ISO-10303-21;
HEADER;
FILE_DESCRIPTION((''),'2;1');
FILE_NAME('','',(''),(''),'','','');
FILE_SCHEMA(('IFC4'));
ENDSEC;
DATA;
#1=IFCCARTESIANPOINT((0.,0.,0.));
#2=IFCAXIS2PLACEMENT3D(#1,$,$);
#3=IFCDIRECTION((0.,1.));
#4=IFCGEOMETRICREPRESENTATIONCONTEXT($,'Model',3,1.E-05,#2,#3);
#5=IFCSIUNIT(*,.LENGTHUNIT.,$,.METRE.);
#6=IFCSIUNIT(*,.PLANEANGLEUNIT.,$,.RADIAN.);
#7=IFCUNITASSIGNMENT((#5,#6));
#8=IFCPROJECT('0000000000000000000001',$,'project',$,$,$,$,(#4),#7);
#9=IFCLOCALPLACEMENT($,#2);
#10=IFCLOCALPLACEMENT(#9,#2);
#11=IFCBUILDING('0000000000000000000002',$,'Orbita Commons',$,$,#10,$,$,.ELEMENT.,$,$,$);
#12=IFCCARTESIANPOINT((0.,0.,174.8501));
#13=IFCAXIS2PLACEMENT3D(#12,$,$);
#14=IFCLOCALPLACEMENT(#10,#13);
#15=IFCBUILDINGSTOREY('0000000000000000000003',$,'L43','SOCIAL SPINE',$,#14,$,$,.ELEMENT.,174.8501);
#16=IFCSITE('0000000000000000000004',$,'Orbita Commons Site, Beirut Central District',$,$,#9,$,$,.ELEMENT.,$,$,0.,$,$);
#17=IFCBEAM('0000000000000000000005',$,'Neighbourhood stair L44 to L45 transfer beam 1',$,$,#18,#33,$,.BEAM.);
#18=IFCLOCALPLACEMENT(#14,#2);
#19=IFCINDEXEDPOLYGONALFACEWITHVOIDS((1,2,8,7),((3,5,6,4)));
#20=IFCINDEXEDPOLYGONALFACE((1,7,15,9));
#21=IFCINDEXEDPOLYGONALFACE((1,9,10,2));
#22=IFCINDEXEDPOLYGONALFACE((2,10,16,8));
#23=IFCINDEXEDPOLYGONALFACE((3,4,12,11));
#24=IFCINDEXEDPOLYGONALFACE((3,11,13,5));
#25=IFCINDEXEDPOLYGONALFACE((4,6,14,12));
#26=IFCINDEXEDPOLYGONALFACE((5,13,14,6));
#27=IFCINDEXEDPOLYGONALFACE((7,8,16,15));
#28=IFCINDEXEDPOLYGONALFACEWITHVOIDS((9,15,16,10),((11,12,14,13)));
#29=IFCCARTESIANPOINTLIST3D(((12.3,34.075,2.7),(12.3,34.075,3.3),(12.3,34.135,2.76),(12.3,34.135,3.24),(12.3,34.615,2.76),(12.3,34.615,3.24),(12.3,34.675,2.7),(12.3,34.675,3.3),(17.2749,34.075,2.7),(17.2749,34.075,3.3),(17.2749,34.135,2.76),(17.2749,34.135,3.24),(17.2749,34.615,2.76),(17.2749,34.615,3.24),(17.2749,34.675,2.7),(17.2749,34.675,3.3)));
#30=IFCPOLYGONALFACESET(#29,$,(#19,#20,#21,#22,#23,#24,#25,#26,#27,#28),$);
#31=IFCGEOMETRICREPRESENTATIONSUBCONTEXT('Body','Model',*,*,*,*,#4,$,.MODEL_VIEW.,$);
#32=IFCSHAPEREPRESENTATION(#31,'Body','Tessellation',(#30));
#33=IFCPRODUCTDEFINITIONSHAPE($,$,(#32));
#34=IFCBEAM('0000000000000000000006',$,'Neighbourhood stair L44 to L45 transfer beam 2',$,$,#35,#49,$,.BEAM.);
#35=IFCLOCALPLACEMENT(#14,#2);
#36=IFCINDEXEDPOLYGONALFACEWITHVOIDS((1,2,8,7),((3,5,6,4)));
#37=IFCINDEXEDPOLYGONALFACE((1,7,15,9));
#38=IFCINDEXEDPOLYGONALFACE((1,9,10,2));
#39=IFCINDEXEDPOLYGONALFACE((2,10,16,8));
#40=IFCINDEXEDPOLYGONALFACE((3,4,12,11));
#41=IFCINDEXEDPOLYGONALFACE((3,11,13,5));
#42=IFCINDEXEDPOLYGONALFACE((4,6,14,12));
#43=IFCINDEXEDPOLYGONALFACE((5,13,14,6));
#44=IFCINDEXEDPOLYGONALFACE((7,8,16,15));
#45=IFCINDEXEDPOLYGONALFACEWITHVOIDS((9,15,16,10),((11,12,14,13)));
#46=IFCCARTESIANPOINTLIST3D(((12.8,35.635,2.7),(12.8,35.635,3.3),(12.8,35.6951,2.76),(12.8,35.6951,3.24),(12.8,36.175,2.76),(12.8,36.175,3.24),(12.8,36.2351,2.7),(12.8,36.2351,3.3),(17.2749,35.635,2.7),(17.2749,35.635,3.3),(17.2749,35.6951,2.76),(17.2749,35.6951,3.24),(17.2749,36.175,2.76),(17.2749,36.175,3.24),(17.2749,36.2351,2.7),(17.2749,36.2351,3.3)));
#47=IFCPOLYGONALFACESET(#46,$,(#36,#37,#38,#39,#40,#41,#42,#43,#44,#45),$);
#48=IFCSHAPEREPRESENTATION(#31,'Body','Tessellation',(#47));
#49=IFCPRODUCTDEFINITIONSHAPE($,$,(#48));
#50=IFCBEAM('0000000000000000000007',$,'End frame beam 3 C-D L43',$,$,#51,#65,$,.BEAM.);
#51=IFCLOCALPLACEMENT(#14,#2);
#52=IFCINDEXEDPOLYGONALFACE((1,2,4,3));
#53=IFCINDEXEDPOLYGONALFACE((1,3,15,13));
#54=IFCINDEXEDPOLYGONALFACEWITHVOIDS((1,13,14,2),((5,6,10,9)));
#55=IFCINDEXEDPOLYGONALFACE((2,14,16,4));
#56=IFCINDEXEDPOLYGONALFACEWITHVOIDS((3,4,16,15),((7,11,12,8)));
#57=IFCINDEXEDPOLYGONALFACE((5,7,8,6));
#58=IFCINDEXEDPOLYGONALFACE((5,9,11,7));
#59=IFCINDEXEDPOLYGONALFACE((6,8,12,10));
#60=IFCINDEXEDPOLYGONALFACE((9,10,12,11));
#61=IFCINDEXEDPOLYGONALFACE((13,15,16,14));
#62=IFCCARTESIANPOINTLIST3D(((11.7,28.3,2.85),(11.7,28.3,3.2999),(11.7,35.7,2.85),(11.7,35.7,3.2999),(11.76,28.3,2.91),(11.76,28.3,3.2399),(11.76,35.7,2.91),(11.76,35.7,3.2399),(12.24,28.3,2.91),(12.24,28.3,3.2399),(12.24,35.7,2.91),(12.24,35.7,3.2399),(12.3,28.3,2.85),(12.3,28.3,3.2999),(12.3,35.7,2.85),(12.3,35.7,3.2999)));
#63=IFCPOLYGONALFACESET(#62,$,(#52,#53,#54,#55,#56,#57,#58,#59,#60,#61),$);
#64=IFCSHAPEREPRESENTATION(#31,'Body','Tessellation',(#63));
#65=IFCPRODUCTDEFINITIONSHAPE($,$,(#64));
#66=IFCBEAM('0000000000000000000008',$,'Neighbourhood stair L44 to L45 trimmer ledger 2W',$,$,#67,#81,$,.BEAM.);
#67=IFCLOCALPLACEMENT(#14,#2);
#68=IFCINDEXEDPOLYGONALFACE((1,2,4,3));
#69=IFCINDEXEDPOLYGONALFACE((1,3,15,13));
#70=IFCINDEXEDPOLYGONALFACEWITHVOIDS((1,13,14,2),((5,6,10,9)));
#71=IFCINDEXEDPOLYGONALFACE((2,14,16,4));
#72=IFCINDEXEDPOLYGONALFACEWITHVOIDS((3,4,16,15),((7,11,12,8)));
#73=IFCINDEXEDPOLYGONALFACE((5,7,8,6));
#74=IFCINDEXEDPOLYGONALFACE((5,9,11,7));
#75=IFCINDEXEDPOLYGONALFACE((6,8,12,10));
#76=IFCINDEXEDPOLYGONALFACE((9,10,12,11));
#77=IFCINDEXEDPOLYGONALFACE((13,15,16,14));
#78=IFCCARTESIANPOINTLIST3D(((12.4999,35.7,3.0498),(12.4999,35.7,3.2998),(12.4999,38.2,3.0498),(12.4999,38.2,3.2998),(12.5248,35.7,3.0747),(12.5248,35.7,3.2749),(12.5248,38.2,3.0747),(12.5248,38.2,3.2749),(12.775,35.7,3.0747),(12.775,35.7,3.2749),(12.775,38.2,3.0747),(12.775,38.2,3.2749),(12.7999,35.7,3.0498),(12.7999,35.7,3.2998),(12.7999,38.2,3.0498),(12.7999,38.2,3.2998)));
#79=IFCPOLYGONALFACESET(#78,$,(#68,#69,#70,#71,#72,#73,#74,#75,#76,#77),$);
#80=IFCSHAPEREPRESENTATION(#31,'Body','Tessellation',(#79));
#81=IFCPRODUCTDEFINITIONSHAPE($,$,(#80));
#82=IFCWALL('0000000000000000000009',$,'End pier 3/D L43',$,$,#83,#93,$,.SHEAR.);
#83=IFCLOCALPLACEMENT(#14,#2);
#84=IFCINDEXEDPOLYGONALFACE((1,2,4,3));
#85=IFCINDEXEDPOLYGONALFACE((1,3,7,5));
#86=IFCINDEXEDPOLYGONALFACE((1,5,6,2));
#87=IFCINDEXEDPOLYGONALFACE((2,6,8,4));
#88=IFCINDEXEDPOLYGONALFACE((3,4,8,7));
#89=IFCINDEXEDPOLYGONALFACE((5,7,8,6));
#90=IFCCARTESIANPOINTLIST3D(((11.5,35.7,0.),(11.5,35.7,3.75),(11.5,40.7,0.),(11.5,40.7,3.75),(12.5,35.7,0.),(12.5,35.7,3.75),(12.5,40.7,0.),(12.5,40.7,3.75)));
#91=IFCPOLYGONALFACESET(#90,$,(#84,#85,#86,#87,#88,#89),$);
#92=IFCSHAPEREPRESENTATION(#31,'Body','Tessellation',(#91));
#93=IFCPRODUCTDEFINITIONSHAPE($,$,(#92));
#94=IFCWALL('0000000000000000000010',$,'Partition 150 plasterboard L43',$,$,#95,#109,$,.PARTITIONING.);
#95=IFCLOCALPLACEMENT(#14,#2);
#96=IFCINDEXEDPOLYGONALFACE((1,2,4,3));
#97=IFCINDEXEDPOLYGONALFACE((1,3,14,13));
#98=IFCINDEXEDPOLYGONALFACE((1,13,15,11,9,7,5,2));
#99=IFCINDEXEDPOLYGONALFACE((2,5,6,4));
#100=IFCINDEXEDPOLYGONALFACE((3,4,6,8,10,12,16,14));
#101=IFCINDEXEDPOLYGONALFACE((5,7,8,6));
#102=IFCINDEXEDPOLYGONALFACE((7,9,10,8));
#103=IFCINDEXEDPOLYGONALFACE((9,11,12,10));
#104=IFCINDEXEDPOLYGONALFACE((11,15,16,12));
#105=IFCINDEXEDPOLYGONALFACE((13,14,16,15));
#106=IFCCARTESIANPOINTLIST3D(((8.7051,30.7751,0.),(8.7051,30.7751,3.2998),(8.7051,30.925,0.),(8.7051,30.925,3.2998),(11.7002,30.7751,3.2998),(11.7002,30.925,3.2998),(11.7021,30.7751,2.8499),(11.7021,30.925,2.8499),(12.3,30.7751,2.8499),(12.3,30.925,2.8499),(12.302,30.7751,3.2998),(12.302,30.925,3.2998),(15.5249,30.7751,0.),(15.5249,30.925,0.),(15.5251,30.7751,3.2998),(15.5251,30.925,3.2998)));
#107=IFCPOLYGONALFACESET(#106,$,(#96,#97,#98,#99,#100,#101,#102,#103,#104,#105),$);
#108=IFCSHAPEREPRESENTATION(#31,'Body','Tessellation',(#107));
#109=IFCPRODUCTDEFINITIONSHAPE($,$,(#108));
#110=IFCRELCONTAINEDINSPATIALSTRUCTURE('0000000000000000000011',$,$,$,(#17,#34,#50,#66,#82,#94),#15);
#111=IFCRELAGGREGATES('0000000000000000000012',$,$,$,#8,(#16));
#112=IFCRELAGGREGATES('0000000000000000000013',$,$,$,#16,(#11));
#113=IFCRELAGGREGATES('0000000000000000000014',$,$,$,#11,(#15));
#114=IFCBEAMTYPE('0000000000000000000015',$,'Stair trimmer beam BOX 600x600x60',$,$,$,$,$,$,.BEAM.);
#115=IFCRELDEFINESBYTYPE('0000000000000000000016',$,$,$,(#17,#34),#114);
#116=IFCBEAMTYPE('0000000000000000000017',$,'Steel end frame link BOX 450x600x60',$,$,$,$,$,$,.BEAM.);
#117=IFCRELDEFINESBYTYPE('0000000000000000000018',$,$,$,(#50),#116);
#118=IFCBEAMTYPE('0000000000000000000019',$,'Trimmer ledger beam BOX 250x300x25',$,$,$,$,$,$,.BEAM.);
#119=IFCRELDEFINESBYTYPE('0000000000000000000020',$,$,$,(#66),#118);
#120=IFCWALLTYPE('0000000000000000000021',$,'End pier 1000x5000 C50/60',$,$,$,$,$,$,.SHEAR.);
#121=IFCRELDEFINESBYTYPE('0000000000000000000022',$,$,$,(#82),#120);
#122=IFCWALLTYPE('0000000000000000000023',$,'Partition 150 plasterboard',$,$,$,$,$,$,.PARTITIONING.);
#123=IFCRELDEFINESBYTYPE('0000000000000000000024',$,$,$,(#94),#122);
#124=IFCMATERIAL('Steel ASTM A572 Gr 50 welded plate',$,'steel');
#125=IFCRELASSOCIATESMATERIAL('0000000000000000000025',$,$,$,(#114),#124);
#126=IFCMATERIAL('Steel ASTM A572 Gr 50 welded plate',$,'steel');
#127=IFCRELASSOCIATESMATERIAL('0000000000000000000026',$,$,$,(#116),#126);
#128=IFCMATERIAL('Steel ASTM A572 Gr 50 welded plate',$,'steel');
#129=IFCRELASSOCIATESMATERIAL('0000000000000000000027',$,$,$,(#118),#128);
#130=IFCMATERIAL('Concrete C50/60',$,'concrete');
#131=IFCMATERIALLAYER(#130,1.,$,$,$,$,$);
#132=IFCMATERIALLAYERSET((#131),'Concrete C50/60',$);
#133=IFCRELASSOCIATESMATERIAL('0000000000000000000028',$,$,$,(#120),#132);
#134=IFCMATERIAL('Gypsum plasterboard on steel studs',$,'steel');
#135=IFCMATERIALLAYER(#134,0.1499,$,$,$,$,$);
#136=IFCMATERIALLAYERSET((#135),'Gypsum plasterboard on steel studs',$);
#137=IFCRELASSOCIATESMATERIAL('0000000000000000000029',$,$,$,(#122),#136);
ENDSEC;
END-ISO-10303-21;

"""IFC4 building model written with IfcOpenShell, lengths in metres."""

from ifc_helpers import new_model, si_unit, direction, frame, frame_2d, origin, origin_2d, place, context, subcontext, project, spatial, polyline, rectangle, hollow_rectangle, outline, extrude, material, layer, layer_set, material_profile, profile_set, type_object, element, save


model = new_model("IFC4")

# Units and contexts
model_context = context("Model", 3, precision=1e-05, world=origin(), true_north=direction((0.0, 1.0)))
body_context = subcontext(model_context, "Body", "Model", "MODEL_VIEW")
ifc_project = project(units=[si_unit("LENGTHUNIT", "METRE"), si_unit("PLANEANGLEUNIT", "RADIAN")], contexts=[model_context])

# Site, building, storey
site_placement = place(None, origin())
site = spatial("IfcSite", under=ifc_project, at=site_placement, Name="Orbita Commons Site, Beirut Central District", CompositionType="ELEMENT", RefElevation=0.0)
building_placement = place(site_placement, origin())
building = spatial("IfcBuilding", under=site, at=building_placement, Name="Orbita Commons", CompositionType="ELEMENT")
storey_placement = place(building_placement, frame((0.0, 0.0, 174.8501)))
storey = spatial("IfcBuildingStorey", under=building, at=storey_placement, Name="L43", Description="SOCIAL SPINE", CompositionType="ELEMENT", Elevation=174.8501)

# Beams
ifc_material_1 = material(Name="Steel ASTM A572 Gr 50 welded plate", Category="steel")
ifc_material_profile_1 = material_profile(ifc_material_1, hollow_rectangle(XDim=0.6001, YDim=0.6001, WallThickness=0.0601, at=origin_2d()), Name="BOX 600x600x60")
ifc_profile_set_1 = profile_set([ifc_material_profile_1], Name="Steel ASTM A572 Gr 50 welded plate")
beam_type_1 = type_object("IfcBeamType", Name="Stair trimmer beam BOX 600x600x60", PredefinedType="BEAM", material=ifc_profile_set_1)
beam_1_placement = place(storey_placement, frame((12.3, 34.375, 3.0), z_axis=(1.0, 0.0, 0.0), x_axis=(0.0, 1.0, 0.0)))
element("IfcBeam", 1, at=beam_1_placement, inside=storey, type_object=beam_type_1, Name="Neighbourhood stair L44 to L45 transfer beam 1", PredefinedType="BEAM", context=body_context, shape_type="SweptSolid", body=[
    extrude(hollow_rectangle(XDim=0.6001, YDim=0.6001, WallThickness=0.0601, at=origin_2d()), origin(), (0.0, 0.0, 1.0), 4.9749),
])
beam_2_placement = place(storey_placement, frame((12.8, 35.9351, 3.0), z_axis=(1.0, 0.0, 0.0), x_axis=(0.0, 1.0, 0.0)))
element("IfcBeam", 2, at=beam_2_placement, inside=storey, type_object=beam_type_1, Name="Neighbourhood stair L44 to L45 transfer beam 2", PredefinedType="BEAM", context=body_context, shape_type="SweptSolid", body=[
    extrude(hollow_rectangle(XDim=0.6001, YDim=0.6001, WallThickness=0.0601, at=origin_2d()), origin(), (0.0, 0.0, 1.0), 4.4749),
])
ifc_material_2 = material(Name="Steel ASTM A572 Gr 50 welded plate", Category="steel")
ifc_material_profile_2 = material_profile(ifc_material_2, hollow_rectangle(XDim=0.6001, YDim=0.45, WallThickness=0.0601, at=origin_2d()), Name="BOX 450x600x60")
ifc_profile_set_2 = profile_set([ifc_material_profile_2], Name="Steel ASTM A572 Gr 50 welded plate")
beam_type_2 = type_object("IfcBeamType", Name="Steel end frame link BOX 450x600x60", PredefinedType="BEAM", material=ifc_profile_set_2)
beam_3_placement = place(storey_placement, frame((12.0, 28.3, 3.075), z_axis=(0.0, 1.0, 0.0), x_axis=(-1.0, 0.0, 0.0)))
element("IfcBeam", 3, at=beam_3_placement, inside=storey, type_object=beam_type_2, Name="End frame beam 3 C-D L43", PredefinedType="BEAM", context=body_context, shape_type="SweptSolid", body=[
    extrude(hollow_rectangle(XDim=0.6001, YDim=0.45, WallThickness=0.0601, at=origin_2d()), origin(), (0.0, 0.0, 1.0), 7.3999),
])
ifc_material_3 = material(Name="Steel ASTM A572 Gr 50 welded plate", Category="steel")
ifc_material_profile_3 = material_profile(ifc_material_3, hollow_rectangle(XDim=0.3, YDim=0.25, WallThickness=0.0249, at=origin_2d()), Name="BOX 250x300x25")
ifc_profile_set_3 = profile_set([ifc_material_profile_3], Name="Steel ASTM A572 Gr 50 welded plate")
beam_type_3 = type_object("IfcBeamType", Name="Trimmer ledger beam BOX 250x300x25", PredefinedType="BEAM", material=ifc_profile_set_3)
beam_4_placement = place(storey_placement, frame((12.6499, 35.7, 3.1748), z_axis=(0.0, 1.0, 0.0), x_axis=(-1.0, 0.0, 0.0)))
element("IfcBeam", 4, at=beam_4_placement, inside=storey, type_object=beam_type_3, Name="Neighbourhood stair L44 to L45 trimmer ledger 2W", PredefinedType="BEAM", context=body_context, shape_type="SweptSolid", body=[
    extrude(hollow_rectangle(XDim=0.3, YDim=0.25, WallThickness=0.0249, at=origin_2d()), origin(), (0.0, 0.0, 1.0), 2.5),
])

# Walls
ifc_material_4 = material(Name="Concrete C50/60", Category="concrete")
ifc_layer_1 = layer(ifc_material_4, 1.0)
ifc_layer_set_1 = layer_set([ifc_layer_1], Name="Concrete C50/60")
wall_type_1 = type_object("IfcWallType", Name="End pier 1000x5000 C50/60", PredefinedType="SHEAR", material=ifc_layer_set_1)
wall_1_placement = place(storey_placement, frame((12.0, 35.7, 0.0), z_axis=(0.0, 0.0, 1.0), x_axis=(0.0, 1.0, 0.0)))
element("IfcWall", 5, at=wall_1_placement, inside=storey, type_object=wall_type_1, Name="End pier 3/D L43", PredefinedType="SHEAR", context=body_context, shape_type="SweptSolid", body=[
    extrude(rectangle(XDim=5.0, YDim=1.0, at=frame_2d((2.5, 0.0))), origin(), (0.0, 0.0, 1.0), 3.75),
])
ifc_material_5 = material(Name="Gypsum plasterboard on steel studs", Category="steel")
ifc_layer_2 = layer(ifc_material_5, 0.1499)
ifc_layer_set_2 = layer_set([ifc_layer_2], Name="Gypsum plasterboard on steel studs")
wall_type_2 = type_object("IfcWallType", Name="Partition 150 plasterboard", PredefinedType="PARTITIONING", material=ifc_layer_set_2)
wall_2_placement = place(storey_placement, frame((8.7051, 30.8501, 0.0), z_axis=(0.0, 0.0, 1.0), x_axis=(1.0, 0.0, 0.0)))
element("IfcWall", 6, at=wall_2_placement, inside=storey, type_object=wall_type_2, Name="Partition 150 plasterboard L43", PredefinedType="PARTITIONING", context=body_context, shape_type="SweptSolid", body=[
    extrude(outline(polyline([(0.0, 0.0), (6.8198, 0.0), (6.8201, 3.2998), (3.5969, 3.2998), (3.595, 2.8499), (2.9971, 2.8499), (2.9951, 3.2998), (0.0, 3.2998), (0.0, 0.0)])), frame((0.0, 0.075, 0.0), z_axis=(0.0, -1.0, 0.0), x_axis=(1.0, 0.0, 0.0)), (0.0, 0.0, 1.0), 0.1499),
])

save(model, "model.ifc")
